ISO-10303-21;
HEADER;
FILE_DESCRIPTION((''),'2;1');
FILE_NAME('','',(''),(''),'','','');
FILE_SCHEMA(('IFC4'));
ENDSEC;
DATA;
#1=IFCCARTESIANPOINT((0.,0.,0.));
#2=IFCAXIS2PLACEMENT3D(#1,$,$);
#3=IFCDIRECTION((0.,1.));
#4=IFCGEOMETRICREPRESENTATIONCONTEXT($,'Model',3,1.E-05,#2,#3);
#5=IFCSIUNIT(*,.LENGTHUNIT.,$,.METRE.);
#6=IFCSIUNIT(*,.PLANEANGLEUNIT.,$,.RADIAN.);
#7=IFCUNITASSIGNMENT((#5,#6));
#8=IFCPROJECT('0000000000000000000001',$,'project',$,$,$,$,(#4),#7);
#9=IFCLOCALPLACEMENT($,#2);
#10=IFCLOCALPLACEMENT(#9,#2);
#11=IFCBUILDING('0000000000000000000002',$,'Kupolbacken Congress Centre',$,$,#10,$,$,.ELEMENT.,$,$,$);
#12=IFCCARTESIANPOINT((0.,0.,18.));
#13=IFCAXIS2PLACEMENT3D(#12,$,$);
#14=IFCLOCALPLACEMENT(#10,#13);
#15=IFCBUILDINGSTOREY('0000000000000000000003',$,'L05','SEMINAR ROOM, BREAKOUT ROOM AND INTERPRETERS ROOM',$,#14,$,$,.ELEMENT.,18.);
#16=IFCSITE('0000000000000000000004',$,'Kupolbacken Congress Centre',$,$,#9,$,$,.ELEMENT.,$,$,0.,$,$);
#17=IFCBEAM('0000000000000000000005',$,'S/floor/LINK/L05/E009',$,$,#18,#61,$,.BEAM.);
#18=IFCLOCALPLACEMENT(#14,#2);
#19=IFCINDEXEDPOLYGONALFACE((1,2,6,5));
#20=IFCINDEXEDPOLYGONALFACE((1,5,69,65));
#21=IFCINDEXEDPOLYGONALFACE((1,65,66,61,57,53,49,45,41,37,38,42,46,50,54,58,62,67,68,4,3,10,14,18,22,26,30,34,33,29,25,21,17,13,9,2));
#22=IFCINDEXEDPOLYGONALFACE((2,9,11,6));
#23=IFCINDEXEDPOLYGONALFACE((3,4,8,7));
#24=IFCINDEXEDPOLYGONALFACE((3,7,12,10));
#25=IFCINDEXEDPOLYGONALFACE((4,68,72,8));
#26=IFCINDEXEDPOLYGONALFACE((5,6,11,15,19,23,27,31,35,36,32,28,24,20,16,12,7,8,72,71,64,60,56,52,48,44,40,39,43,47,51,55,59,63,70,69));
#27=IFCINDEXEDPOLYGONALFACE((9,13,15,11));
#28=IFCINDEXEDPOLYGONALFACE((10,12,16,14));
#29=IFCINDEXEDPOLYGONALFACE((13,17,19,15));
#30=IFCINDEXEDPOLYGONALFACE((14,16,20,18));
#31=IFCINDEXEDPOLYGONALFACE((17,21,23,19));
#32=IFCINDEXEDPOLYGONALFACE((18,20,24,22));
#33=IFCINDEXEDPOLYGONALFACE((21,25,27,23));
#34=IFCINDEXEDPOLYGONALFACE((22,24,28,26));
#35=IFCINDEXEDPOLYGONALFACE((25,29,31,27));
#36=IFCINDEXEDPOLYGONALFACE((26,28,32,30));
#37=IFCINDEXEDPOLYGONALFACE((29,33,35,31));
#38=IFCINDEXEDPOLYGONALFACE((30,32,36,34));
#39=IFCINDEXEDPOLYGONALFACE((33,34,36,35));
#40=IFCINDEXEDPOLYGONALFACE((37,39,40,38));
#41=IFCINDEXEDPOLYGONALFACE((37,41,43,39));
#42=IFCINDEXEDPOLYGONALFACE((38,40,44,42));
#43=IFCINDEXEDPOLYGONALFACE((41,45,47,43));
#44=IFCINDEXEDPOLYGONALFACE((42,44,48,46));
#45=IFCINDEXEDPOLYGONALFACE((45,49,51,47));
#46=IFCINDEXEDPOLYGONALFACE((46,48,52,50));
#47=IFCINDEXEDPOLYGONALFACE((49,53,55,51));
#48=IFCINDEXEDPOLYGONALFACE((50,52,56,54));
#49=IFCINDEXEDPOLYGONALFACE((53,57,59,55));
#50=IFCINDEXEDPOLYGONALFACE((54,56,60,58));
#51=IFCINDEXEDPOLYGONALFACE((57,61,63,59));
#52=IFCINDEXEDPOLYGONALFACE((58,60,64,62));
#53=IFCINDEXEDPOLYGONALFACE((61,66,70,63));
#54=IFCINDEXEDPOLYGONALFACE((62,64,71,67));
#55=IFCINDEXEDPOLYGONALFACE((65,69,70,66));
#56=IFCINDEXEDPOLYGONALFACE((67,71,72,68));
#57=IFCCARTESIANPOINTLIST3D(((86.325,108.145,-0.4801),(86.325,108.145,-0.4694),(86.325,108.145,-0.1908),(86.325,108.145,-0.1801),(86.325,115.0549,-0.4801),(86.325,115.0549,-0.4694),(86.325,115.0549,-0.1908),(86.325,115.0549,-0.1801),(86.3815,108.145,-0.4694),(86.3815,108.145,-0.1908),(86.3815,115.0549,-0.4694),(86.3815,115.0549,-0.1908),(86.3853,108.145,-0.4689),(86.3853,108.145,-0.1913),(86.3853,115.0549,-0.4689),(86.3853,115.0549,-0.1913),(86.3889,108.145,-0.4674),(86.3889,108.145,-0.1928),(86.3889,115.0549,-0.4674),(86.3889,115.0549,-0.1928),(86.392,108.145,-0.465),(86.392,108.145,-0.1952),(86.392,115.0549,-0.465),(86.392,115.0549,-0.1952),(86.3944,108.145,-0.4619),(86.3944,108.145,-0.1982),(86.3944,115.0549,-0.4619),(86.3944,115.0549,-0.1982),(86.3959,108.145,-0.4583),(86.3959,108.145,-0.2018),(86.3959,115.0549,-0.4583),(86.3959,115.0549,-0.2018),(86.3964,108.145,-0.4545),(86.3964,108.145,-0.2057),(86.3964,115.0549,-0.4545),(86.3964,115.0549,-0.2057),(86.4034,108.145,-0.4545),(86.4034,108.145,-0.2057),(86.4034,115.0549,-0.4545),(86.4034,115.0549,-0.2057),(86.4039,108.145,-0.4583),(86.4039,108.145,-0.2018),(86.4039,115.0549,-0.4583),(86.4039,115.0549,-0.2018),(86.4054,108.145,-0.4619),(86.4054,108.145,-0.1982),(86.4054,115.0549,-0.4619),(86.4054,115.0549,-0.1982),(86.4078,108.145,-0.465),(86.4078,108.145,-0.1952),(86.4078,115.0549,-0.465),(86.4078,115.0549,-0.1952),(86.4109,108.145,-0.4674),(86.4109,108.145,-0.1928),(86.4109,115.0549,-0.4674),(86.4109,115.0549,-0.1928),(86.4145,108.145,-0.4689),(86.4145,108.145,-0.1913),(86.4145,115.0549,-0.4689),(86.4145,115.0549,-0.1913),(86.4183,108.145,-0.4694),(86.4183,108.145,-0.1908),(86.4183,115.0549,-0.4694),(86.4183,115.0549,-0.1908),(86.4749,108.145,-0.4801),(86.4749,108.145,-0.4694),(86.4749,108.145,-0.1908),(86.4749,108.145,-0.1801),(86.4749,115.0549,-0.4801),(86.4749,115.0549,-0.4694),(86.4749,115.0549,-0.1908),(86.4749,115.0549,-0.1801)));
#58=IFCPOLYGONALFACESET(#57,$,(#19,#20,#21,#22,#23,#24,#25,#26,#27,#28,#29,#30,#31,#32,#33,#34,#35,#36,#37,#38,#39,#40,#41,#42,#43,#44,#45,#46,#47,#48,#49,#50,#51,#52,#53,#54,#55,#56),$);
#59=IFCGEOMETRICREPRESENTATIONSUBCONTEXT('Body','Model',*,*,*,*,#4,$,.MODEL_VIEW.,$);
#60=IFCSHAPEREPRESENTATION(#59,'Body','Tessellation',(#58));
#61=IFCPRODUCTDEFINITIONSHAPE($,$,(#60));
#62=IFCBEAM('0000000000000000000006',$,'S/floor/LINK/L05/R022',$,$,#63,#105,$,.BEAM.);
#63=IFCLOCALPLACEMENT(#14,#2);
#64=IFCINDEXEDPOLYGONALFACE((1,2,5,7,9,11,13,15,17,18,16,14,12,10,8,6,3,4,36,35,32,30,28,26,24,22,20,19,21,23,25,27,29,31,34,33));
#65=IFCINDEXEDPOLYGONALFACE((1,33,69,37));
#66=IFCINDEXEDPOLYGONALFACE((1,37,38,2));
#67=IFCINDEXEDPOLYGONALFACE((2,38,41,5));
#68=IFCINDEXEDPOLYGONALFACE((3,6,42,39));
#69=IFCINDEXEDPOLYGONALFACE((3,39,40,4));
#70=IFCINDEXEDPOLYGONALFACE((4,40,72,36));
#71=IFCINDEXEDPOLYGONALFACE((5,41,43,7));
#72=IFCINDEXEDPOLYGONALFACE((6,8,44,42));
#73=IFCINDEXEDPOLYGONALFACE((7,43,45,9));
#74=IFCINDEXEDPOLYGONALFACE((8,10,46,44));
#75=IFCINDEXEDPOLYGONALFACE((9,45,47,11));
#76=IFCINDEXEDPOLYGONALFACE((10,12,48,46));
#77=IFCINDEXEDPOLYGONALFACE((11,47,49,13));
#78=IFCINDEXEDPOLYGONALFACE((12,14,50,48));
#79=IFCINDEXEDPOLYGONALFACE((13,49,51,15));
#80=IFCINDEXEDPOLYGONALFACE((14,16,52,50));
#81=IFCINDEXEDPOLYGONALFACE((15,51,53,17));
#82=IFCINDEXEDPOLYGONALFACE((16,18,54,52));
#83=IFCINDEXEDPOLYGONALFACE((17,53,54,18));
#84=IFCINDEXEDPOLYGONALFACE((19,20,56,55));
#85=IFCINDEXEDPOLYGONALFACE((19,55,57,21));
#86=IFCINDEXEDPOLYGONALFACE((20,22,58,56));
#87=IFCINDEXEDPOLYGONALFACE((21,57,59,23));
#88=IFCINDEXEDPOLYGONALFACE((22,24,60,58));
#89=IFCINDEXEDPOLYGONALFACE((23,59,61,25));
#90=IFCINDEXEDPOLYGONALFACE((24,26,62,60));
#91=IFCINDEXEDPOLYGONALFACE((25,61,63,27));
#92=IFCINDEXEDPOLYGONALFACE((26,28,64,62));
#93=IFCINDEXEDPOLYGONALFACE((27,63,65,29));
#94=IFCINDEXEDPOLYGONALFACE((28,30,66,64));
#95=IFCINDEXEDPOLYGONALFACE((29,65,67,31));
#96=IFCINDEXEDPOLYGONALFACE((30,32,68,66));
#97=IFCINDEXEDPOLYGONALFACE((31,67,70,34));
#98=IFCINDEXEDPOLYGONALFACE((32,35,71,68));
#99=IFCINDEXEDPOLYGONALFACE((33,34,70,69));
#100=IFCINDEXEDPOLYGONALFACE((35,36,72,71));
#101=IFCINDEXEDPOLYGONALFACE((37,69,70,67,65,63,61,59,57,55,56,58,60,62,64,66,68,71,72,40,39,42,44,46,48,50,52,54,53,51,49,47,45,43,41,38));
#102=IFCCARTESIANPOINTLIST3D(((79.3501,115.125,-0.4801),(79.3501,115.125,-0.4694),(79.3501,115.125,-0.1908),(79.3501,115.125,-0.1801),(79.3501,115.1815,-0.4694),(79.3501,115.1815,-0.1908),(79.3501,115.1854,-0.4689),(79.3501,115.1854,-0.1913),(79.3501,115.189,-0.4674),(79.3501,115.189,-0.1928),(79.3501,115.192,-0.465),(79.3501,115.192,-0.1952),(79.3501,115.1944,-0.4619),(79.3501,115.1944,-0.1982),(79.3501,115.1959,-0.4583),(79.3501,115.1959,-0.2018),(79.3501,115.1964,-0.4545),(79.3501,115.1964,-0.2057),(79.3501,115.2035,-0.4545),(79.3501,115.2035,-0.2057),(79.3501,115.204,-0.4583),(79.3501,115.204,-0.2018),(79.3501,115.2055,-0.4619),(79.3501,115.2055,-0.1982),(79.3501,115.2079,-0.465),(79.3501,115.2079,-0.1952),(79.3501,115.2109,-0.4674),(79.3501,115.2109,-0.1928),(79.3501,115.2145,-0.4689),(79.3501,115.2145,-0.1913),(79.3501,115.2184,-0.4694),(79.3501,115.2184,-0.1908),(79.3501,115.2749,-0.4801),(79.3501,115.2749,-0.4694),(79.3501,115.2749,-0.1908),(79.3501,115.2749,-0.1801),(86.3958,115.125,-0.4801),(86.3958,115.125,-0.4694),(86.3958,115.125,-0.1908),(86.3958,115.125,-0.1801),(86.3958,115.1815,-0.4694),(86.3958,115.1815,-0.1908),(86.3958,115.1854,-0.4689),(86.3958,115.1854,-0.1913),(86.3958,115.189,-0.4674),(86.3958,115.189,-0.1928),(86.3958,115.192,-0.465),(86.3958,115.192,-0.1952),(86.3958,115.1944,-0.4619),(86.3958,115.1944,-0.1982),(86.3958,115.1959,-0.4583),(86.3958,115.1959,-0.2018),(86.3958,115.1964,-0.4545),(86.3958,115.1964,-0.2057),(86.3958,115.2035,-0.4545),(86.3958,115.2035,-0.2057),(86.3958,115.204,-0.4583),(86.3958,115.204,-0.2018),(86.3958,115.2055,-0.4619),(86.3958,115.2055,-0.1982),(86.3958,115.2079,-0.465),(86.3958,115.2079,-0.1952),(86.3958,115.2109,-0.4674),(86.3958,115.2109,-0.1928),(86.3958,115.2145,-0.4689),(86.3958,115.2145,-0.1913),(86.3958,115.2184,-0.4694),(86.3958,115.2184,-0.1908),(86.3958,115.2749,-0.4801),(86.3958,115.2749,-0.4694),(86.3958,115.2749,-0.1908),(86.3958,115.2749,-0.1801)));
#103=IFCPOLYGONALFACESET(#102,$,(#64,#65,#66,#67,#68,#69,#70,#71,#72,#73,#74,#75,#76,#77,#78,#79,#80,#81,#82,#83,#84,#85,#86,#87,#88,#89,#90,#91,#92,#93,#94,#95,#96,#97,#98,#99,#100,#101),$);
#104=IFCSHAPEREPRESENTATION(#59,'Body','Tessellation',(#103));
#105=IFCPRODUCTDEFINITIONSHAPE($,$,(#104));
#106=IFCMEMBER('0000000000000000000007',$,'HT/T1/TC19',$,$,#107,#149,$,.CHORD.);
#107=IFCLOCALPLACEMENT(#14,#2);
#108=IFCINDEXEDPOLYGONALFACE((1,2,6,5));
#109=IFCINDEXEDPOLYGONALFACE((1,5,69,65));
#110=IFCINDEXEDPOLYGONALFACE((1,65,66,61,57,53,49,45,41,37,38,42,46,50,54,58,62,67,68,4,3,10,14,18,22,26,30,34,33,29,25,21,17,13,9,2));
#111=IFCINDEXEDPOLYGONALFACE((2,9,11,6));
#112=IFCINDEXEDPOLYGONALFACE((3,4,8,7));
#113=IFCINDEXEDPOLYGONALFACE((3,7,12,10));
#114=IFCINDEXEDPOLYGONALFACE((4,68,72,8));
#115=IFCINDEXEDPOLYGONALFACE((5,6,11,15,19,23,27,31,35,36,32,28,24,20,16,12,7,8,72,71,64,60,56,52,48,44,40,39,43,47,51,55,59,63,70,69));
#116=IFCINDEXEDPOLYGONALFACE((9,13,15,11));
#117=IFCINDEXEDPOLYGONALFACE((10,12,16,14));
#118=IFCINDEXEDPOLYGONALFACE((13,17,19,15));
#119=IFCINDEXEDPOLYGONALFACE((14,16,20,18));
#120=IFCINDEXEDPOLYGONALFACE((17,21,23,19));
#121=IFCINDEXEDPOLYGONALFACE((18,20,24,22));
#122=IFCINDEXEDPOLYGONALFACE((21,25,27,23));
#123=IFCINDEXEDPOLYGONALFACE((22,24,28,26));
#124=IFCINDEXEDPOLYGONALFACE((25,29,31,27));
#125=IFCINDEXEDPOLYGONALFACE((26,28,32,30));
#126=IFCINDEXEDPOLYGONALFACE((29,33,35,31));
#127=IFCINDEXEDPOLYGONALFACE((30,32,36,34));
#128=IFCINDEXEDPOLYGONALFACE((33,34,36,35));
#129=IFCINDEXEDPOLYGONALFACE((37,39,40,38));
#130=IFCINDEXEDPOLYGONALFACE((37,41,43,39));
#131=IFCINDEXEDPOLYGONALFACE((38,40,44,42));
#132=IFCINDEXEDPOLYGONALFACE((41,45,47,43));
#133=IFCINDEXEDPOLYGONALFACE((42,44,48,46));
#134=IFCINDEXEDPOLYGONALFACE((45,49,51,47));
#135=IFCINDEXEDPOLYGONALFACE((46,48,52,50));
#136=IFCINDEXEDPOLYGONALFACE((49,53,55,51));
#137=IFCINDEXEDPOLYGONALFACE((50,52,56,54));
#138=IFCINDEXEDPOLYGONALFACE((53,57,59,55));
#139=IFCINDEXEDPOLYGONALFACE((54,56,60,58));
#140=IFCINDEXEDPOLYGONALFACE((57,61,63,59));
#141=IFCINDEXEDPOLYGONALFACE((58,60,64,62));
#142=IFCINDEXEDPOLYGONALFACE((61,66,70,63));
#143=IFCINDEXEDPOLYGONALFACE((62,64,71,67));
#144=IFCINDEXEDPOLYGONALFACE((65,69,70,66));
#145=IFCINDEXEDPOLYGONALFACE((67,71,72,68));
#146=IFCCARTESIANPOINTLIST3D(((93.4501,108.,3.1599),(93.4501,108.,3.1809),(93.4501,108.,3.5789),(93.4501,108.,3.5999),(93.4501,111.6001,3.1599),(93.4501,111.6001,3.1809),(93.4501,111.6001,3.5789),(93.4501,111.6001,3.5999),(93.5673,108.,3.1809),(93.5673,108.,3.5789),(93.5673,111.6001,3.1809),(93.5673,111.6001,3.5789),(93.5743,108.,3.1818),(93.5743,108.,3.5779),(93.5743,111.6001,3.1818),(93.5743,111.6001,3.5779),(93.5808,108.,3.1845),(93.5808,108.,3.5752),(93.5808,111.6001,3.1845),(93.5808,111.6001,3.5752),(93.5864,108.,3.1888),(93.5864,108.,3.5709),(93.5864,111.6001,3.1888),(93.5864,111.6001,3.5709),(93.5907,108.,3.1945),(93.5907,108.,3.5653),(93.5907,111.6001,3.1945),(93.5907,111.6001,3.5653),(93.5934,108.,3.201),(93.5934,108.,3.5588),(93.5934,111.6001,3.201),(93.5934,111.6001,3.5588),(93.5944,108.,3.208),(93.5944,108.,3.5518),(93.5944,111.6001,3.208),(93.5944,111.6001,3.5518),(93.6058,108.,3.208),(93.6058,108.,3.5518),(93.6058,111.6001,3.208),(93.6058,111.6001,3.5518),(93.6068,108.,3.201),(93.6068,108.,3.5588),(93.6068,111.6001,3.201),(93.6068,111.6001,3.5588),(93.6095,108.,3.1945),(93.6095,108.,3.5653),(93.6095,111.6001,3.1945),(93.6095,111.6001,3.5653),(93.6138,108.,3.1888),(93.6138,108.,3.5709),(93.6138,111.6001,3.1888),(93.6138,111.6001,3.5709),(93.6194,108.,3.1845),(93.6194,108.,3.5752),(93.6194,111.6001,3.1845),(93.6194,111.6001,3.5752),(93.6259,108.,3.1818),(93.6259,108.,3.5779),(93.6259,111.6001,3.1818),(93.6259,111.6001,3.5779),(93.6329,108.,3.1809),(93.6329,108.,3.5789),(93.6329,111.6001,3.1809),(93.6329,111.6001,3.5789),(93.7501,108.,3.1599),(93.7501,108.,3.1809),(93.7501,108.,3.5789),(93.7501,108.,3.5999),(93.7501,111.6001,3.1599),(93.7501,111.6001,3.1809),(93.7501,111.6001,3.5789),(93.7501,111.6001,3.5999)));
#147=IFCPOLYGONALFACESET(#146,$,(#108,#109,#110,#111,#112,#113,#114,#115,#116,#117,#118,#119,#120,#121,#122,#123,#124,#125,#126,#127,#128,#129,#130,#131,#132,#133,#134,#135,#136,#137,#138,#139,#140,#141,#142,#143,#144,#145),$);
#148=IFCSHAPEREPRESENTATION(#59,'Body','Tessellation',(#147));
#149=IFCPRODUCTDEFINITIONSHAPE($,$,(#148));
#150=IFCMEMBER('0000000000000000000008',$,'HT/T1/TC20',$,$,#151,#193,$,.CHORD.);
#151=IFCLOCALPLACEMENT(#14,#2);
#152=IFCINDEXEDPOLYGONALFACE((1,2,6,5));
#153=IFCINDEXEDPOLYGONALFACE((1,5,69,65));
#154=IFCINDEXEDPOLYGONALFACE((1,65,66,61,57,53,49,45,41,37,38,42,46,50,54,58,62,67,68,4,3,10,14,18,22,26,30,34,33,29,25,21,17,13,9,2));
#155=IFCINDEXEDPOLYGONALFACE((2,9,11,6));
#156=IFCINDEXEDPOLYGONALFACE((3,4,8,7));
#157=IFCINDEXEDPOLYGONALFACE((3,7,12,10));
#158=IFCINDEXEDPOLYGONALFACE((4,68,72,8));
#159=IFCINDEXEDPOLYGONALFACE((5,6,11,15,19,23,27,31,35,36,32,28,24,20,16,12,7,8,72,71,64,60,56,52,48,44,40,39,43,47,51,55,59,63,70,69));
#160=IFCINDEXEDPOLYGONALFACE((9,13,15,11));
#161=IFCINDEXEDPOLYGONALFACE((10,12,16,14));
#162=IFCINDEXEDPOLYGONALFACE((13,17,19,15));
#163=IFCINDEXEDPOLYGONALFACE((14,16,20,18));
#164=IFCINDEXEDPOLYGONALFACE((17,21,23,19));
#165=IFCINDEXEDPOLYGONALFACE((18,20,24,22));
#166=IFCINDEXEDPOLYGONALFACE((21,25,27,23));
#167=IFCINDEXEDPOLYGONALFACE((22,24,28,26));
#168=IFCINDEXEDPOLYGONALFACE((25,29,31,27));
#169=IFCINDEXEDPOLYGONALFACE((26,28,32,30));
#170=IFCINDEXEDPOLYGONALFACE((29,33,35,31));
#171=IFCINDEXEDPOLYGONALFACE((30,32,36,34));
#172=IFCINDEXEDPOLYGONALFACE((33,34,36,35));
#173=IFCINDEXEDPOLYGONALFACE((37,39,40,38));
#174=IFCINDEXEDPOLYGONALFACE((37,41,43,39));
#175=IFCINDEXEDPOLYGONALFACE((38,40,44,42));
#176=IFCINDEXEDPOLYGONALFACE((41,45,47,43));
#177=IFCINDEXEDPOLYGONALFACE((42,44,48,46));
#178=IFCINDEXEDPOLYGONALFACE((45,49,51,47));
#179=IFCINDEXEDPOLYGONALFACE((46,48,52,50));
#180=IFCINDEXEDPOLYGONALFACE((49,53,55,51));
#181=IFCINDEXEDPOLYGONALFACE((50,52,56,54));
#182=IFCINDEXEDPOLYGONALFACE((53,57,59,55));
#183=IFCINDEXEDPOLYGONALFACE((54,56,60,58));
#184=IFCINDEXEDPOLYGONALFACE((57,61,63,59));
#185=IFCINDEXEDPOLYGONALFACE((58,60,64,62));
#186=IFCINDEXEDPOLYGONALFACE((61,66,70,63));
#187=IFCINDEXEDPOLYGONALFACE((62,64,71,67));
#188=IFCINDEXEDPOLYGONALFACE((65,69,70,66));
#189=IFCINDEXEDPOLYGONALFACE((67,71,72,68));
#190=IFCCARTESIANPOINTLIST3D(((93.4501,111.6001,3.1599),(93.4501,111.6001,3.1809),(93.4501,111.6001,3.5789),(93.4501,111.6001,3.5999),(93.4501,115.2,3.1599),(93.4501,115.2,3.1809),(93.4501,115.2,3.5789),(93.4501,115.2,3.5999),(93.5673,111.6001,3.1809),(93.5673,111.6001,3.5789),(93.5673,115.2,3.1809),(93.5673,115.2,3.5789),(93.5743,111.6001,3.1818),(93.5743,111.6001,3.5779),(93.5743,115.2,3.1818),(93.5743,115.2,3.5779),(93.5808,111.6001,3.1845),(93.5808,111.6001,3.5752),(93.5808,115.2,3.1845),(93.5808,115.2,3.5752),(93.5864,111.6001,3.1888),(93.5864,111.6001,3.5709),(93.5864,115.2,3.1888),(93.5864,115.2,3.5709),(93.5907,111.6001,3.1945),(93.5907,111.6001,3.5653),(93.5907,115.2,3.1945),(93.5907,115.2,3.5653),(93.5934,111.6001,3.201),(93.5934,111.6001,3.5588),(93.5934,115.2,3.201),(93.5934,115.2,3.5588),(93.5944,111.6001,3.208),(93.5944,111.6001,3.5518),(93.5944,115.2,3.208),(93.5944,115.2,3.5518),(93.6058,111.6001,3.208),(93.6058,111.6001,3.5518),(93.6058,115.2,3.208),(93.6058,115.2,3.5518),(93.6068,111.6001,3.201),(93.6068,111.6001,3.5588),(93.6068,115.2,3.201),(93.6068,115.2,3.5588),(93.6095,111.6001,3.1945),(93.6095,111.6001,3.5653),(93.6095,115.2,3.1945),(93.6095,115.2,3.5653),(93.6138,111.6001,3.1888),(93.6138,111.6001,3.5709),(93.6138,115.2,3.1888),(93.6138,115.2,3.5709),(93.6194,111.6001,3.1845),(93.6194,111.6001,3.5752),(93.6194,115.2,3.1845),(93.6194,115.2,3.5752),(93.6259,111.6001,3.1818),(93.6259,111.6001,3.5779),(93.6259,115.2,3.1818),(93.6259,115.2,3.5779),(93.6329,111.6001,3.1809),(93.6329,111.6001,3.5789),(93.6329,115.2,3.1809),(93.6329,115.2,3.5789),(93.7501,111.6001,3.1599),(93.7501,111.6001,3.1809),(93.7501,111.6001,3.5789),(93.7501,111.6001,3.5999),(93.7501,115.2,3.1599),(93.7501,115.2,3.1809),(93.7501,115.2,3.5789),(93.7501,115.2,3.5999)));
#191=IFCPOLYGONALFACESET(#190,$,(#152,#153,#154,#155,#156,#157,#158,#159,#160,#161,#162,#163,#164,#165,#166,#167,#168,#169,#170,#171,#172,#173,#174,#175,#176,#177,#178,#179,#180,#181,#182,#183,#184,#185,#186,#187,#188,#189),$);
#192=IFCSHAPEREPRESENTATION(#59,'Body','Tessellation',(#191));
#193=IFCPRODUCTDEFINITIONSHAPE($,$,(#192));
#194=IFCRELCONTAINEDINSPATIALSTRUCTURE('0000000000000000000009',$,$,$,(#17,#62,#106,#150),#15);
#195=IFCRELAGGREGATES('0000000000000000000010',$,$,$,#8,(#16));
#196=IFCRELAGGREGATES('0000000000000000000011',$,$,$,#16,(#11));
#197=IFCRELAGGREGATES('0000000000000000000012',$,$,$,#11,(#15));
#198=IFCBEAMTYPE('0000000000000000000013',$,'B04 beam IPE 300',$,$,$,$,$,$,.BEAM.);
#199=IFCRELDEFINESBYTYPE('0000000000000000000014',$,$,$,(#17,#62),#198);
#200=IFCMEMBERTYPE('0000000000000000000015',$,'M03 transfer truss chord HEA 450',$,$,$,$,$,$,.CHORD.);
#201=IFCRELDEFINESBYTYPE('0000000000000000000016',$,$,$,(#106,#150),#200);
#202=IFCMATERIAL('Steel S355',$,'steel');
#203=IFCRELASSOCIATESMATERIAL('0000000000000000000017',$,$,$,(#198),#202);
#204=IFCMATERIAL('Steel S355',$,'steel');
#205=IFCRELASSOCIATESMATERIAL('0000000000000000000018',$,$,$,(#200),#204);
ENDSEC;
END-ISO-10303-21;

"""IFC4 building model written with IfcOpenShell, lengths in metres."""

from ifc_helpers import new_model, si_unit, direction, frame, origin, origin_2d, place, context, subcontext, project, spatial, i_section, extrude, material, material_profile, profile_set, type_object, element, save


model = new_model("IFC4")

# Units and contexts
model_context = context("Model", 3, precision=1e-05, world=origin(), true_north=direction((0.0, 1.0)))
body_context = subcontext(model_context, "Body", "Model", "MODEL_VIEW")
ifc_project = project(units=[si_unit("LENGTHUNIT", "METRE"), si_unit("PLANEANGLEUNIT", "RADIAN")], contexts=[model_context])

# Site, building, storey
site_placement = place(None, origin())
site = spatial("IfcSite", under=ifc_project, at=site_placement, Name="Kupolbacken Congress Centre", CompositionType="ELEMENT", RefElevation=0.0)
building_placement = place(site_placement, origin())
building = spatial("IfcBuilding", under=site, at=building_placement, Name="Kupolbacken Congress Centre", CompositionType="ELEMENT")
storey_placement = place(building_placement, frame((0.0, 0.0, 18.0)))
storey = spatial("IfcBuildingStorey", under=building, at=storey_placement, Name="L05", Description="SEMINAR ROOM, BREAKOUT ROOM AND INTERPRETERS ROOM", CompositionType="ELEMENT", Elevation=18.0)

# Beams
ifc_material_1 = material(Name="Steel S355", Category="steel")
ifc_material_profile_1 = material_profile(ifc_material_1, i_section(OverallWidth=0.1499, OverallDepth=0.3, WebThickness=0.0071, FlangeThickness=0.0107, FilletRadius=0.0149, at=origin_2d()), Name="IPE 300")
ifc_profile_set_1 = profile_set([ifc_material_profile_1], Name="Steel S355")
beam_type = type_object("IfcBeamType", Name="B04 beam IPE 300", PredefinedType="BEAM", material=ifc_profile_set_1)
beam_1_placement = place(storey_placement, frame((86.3999, 108.145, -0.3301), z_axis=(0.0, 1.0, 0.0), x_axis=(-1.0, 0.0, 0.0)))
element("IfcBeam", 1, at=beam_1_placement, inside=storey, type_object=beam_type, Name="S/floor/LINK/L05/E009", PredefinedType="BEAM", context=body_context, shape_type="SweptSolid", body=[
    extrude(i_section(OverallWidth=0.1499, OverallDepth=0.3, WebThickness=0.0071, FlangeThickness=0.0107, FilletRadius=0.0149, at=origin_2d()), origin(), (0.0, 0.0, 1.0), 6.9099),
])
beam_2_placement = place(storey_placement, frame((79.3501, 115.2, -0.3301), z_axis=(1.0, 0.0, 0.0), x_axis=(0.0, 1.0, 0.0)))
element("IfcBeam", 2, at=beam_2_placement, inside=storey, type_object=beam_type, Name="S/floor/LINK/L05/R022", PredefinedType="BEAM", context=body_context, shape_type="SweptSolid", body=[
    extrude(i_section(OverallWidth=0.1499, OverallDepth=0.3, WebThickness=0.0071, FlangeThickness=0.0107, FilletRadius=0.0149, at=origin_2d()), origin(), (0.0, 0.0, 1.0), 7.0457),
])

# Members
ifc_material_2 = material(Name="Steel S355", Category="steel")
ifc_material_profile_2 = material_profile(ifc_material_2, i_section(OverallWidth=0.3, OverallDepth=0.4399, WebThickness=0.0115, FlangeThickness=0.021, FilletRadius=0.0271, at=origin_2d()), Name="HEA 450")
ifc_profile_set_2 = profile_set([ifc_material_profile_2], Name="Steel S355")
member_type_1 = type_object("IfcMemberType", Name="M03 transfer truss chord HEA 450", PredefinedType="CHORD", material=ifc_profile_set_2)
member_1_placement = place(storey_placement, frame((93.6001, 108.0, 3.3799), z_axis=(0.0, 1.0, 0.0), x_axis=(-1.0, 0.0, 0.0)))
element("IfcMember", 3, at=member_1_placement, inside=storey, type_object=member_type_1, Name="HT/T1/TC19", PredefinedType="CHORD", context=body_context, shape_type="SweptSolid", body=[
    extrude(i_section(OverallWidth=0.3, OverallDepth=0.4399, WebThickness=0.0115, FlangeThickness=0.021, FilletRadius=0.0271, at=origin_2d()), origin(), (0.0, 0.0, 1.0), 3.6001),
])
member_2_placement = place(storey_placement, frame((93.6001, 111.6001, 3.3799), z_axis=(0.0, 1.0, 0.0), x_axis=(-1.0, 0.0, 0.0)))
element("IfcMember", 4, at=member_2_placement, inside=storey, type_object=member_type_1, Name="HT/T1/TC20", PredefinedType="CHORD", context=body_context, shape_type="SweptSolid", body=[
    extrude(i_section(OverallWidth=0.3, OverallDepth=0.4399, WebThickness=0.0115, FlangeThickness=0.021, FilletRadius=0.0271, at=origin_2d()), origin(), (0.0, 0.0, 1.0), 3.5999),
])

save(model, "model.ifc")
